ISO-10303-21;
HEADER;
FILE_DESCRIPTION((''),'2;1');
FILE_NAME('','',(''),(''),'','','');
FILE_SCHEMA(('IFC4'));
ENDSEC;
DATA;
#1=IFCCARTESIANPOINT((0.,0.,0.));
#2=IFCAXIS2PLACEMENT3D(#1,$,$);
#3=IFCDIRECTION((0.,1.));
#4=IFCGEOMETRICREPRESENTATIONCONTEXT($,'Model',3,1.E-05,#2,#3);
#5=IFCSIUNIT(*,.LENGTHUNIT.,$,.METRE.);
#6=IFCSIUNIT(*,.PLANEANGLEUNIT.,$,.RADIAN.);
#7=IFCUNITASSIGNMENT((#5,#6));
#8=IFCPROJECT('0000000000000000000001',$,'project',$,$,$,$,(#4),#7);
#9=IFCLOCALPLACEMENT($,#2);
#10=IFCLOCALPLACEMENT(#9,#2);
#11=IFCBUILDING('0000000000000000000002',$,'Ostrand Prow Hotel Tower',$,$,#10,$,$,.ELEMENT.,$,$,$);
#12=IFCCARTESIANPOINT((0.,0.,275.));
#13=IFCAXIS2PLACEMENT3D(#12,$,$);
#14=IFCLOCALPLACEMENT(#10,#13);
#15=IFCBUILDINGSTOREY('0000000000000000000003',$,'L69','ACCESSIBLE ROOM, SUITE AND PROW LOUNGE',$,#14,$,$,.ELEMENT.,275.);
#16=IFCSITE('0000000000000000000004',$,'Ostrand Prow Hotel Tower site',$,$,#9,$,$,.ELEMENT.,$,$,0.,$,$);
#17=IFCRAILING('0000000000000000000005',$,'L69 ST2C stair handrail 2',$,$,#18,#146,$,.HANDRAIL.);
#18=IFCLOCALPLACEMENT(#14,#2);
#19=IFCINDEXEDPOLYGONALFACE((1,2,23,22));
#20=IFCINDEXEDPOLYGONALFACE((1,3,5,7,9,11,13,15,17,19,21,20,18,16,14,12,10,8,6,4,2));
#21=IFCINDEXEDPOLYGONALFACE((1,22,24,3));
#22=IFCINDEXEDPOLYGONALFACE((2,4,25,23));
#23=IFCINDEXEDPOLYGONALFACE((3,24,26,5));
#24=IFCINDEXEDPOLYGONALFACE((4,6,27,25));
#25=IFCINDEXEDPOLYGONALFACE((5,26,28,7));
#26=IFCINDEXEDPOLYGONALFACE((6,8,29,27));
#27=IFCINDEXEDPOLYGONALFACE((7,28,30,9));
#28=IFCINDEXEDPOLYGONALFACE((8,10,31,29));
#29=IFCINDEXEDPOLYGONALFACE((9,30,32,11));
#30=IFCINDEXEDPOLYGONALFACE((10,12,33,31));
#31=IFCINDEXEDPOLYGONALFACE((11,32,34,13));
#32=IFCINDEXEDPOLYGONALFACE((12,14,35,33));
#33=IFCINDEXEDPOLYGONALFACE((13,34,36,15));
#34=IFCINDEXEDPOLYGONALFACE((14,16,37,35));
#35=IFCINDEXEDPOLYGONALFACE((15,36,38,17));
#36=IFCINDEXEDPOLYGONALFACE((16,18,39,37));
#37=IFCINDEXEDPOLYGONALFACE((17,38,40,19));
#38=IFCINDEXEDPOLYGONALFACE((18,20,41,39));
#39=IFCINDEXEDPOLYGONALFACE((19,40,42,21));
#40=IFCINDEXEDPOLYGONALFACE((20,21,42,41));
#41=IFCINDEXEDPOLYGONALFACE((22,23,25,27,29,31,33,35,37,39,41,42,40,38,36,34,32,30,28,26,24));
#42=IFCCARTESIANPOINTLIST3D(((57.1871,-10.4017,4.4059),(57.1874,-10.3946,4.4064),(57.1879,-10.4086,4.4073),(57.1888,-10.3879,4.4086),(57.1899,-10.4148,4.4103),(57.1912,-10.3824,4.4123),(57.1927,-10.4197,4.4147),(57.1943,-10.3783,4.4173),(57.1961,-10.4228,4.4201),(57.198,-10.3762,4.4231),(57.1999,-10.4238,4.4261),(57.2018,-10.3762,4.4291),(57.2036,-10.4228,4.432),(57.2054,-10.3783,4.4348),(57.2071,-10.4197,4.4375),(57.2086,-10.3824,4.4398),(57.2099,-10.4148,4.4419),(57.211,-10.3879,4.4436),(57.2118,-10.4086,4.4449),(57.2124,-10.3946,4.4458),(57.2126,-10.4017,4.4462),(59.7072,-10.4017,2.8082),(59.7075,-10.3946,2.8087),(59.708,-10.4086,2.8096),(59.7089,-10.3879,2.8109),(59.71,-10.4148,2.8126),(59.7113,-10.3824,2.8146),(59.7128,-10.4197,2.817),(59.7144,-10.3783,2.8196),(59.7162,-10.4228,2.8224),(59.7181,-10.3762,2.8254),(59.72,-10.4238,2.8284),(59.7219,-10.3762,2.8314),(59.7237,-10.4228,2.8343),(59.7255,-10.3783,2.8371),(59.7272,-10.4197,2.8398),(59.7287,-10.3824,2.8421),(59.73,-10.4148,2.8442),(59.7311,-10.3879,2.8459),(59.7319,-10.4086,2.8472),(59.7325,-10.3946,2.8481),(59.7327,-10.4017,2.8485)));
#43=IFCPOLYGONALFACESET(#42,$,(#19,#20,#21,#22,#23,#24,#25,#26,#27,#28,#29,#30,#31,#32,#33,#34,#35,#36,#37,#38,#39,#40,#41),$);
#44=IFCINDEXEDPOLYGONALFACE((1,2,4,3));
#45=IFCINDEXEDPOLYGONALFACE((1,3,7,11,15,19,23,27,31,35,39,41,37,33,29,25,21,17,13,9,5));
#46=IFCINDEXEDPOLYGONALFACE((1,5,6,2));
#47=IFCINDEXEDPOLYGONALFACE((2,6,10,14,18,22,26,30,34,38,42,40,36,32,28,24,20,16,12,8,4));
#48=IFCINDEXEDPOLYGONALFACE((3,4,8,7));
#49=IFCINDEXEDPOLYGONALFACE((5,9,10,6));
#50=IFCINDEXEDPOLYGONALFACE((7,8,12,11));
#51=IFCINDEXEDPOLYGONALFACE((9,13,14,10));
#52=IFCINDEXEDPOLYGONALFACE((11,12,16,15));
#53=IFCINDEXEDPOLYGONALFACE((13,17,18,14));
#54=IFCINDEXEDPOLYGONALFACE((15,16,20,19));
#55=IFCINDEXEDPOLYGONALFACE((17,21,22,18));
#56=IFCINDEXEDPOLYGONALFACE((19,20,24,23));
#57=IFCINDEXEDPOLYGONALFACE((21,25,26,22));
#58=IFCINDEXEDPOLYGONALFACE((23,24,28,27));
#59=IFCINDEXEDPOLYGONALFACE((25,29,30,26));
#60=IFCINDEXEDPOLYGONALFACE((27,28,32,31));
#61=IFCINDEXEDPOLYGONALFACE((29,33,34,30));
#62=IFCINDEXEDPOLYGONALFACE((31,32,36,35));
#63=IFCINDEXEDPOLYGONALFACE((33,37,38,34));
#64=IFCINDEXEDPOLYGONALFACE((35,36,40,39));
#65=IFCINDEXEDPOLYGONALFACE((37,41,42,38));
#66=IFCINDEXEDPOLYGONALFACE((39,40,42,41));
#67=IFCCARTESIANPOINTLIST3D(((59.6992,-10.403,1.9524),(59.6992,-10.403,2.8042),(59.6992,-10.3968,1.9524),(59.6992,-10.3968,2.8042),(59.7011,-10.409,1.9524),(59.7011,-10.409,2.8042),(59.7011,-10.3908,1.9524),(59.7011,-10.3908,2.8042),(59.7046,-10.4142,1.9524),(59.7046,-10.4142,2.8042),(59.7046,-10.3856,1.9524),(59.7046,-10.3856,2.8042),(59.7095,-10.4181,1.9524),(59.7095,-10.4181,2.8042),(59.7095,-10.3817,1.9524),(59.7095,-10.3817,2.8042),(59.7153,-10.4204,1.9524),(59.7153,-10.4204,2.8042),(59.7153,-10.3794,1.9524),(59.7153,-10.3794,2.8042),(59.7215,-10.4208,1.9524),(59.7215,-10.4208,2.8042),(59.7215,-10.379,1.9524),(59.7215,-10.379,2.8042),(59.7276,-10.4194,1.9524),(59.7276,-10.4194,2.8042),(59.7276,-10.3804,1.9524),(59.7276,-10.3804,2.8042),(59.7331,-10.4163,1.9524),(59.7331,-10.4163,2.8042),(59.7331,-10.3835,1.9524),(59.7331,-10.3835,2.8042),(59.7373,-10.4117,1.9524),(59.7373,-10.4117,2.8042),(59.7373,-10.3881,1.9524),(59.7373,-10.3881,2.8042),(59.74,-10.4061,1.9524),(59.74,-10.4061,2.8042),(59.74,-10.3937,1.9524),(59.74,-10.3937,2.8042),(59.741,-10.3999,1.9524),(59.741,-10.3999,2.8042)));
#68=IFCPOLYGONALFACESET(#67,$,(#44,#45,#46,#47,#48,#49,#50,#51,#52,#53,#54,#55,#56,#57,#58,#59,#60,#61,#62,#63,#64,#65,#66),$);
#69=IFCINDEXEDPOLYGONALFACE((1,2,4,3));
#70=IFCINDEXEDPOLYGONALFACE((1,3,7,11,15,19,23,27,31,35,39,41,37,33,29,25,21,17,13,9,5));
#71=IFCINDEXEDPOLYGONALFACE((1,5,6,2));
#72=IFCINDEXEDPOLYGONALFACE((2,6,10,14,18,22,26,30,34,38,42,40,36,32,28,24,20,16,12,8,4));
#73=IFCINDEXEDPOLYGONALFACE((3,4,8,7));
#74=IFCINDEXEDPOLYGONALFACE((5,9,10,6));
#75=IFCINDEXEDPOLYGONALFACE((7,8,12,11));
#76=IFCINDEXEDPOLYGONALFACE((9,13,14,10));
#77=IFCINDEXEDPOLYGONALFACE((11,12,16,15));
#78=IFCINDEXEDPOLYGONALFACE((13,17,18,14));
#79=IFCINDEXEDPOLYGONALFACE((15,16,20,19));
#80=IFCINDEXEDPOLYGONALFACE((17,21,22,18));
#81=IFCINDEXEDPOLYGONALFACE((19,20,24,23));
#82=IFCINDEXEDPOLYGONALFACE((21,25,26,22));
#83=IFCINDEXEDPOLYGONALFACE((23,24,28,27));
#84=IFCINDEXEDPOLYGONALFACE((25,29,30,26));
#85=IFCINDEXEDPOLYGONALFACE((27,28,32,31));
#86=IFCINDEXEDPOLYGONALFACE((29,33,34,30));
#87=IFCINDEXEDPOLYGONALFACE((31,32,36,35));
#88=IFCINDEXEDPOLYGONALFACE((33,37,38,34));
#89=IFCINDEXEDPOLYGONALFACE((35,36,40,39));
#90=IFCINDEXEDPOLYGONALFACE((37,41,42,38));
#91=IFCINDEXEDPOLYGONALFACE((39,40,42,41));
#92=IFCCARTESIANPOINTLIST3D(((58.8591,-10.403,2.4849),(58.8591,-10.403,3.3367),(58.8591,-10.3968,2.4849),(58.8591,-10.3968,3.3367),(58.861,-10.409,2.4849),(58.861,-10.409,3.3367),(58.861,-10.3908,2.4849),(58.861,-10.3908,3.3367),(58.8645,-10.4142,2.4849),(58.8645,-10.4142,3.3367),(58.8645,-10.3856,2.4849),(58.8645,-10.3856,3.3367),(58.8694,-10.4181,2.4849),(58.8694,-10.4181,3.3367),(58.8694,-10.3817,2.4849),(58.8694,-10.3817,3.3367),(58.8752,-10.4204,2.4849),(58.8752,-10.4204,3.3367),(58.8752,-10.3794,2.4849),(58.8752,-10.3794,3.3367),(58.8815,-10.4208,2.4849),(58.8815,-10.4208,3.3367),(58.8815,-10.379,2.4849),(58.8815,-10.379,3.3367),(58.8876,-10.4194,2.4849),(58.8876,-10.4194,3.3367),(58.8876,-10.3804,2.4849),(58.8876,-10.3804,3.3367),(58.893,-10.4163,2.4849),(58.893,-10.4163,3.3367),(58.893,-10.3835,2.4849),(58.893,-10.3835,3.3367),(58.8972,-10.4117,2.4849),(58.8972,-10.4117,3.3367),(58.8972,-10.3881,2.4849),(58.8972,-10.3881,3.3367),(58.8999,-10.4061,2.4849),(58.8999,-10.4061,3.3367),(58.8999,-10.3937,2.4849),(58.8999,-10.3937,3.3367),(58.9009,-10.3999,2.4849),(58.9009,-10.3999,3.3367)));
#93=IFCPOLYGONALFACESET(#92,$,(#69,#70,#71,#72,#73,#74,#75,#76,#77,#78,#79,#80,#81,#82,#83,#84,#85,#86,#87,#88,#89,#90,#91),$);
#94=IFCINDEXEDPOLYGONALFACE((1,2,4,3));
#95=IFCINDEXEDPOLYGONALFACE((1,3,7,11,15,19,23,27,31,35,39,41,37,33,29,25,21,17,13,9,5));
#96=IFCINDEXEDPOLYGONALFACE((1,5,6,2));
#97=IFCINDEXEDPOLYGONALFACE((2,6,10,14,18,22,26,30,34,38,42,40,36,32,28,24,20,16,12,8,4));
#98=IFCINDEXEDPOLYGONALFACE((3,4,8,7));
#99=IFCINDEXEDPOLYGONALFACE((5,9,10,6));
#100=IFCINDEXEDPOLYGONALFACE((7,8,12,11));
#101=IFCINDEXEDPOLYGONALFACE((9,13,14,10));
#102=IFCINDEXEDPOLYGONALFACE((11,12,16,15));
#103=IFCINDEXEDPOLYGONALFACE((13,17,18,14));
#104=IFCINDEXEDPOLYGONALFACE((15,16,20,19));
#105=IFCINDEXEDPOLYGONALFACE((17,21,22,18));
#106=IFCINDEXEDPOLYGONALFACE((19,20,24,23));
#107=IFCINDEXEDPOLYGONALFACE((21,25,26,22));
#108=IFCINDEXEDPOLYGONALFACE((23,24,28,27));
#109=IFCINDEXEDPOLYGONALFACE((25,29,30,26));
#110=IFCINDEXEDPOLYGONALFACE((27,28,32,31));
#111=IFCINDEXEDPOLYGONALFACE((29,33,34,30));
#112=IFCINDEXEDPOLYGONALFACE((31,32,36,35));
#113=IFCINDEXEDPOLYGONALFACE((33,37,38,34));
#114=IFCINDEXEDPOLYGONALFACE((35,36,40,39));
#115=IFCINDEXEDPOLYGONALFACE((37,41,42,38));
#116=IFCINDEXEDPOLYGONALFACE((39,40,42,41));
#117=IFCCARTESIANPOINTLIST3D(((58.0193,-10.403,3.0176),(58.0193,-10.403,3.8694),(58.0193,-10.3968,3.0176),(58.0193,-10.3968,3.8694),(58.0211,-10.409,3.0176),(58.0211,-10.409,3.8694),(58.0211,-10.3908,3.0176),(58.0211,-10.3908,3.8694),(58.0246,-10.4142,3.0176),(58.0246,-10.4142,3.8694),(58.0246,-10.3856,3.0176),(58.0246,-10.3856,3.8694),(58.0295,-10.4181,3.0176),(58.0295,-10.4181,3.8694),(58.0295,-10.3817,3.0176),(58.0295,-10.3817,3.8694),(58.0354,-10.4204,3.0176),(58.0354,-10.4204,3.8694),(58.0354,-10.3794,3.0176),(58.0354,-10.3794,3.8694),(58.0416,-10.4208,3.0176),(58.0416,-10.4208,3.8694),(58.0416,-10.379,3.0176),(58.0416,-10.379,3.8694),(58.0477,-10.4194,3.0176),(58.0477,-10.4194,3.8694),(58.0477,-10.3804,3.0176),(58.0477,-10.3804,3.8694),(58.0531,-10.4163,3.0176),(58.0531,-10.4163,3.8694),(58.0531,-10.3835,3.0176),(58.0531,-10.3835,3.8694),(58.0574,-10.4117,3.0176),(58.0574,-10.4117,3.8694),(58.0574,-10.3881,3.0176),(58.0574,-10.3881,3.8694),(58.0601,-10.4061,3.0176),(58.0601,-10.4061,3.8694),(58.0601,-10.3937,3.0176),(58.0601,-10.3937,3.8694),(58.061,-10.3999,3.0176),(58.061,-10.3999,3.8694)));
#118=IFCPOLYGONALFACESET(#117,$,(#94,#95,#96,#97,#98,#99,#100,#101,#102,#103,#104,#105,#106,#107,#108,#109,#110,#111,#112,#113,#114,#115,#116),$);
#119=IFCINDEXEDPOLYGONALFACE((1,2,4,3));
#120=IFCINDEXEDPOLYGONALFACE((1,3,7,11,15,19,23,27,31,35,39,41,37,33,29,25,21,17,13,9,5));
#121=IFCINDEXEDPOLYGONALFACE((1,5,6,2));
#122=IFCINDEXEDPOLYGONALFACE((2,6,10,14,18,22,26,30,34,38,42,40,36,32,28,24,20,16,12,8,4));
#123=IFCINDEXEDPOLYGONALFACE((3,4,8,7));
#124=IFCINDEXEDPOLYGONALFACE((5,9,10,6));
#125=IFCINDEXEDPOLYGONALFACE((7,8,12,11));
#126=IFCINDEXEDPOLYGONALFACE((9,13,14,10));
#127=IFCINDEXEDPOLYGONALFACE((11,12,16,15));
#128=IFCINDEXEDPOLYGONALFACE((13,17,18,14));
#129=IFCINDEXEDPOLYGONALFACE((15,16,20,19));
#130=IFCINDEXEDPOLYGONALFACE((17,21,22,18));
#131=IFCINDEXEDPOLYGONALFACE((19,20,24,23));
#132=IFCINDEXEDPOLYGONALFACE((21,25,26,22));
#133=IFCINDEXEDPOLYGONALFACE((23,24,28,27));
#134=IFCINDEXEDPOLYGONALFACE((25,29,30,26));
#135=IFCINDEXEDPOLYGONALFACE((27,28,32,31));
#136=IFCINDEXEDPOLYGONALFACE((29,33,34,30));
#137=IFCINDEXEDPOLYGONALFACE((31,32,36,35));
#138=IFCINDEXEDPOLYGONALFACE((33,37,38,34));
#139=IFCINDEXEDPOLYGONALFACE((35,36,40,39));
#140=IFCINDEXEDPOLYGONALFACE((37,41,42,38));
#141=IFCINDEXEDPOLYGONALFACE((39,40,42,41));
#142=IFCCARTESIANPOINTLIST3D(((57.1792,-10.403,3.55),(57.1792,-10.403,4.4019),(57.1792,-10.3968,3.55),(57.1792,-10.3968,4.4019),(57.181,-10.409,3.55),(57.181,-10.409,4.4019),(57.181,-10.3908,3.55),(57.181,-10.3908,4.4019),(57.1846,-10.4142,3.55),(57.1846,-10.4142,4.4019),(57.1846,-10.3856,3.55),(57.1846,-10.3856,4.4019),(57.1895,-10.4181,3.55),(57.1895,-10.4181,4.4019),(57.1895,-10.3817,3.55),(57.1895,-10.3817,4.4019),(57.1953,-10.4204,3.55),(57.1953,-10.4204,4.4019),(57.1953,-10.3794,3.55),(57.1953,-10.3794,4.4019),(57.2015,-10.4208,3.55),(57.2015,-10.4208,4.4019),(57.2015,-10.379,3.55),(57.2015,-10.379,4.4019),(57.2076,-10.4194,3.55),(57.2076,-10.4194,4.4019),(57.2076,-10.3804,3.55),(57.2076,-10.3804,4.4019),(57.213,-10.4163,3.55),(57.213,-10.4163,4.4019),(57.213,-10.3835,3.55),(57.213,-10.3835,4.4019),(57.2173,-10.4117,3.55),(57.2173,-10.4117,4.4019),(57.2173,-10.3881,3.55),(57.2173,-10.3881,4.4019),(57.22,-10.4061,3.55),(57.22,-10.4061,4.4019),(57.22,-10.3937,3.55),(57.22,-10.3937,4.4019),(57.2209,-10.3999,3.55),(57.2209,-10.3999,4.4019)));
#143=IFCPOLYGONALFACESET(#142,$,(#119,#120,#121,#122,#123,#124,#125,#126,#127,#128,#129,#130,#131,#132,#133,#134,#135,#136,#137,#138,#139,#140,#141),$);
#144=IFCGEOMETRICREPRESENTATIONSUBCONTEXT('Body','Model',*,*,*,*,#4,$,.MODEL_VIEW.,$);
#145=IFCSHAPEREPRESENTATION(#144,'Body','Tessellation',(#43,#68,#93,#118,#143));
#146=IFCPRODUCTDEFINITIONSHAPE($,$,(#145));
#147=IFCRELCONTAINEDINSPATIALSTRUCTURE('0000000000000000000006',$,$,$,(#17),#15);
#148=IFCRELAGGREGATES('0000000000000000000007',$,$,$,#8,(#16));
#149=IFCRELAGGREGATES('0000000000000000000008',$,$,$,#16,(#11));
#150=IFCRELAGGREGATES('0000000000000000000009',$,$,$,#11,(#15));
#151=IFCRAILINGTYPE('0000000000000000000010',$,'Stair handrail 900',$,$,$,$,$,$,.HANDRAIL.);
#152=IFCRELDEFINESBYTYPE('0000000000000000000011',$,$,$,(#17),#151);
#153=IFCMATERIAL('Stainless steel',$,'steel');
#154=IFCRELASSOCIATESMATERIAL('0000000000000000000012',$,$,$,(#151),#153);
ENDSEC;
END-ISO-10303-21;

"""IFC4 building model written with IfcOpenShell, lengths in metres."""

from ifc_helpers import new_model, si_unit, direction, frame, origin, origin_2d, place, context, subcontext, project, spatial, circle, extrude, material, type_object, element, save


model = new_model("IFC4")

# Units and contexts
model_context = context("Model", 3, precision=1e-05, world=origin(), true_north=direction((0.0, 1.0)))
body_context = subcontext(model_context, "Body", "Model", "MODEL_VIEW")
ifc_project = project(units=[si_unit("LENGTHUNIT", "METRE"), si_unit("PLANEANGLEUNIT", "RADIAN")], contexts=[model_context])

# Site, building, storey
site_placement = place(None, origin())
site = spatial("IfcSite", under=ifc_project, at=site_placement, Name="Ostrand Prow Hotel Tower site", CompositionType="ELEMENT", RefElevation=0.0)
building_placement = place(site_placement, origin())
building = spatial("IfcBuilding", under=site, at=building_placement, Name="Ostrand Prow Hotel Tower", CompositionType="ELEMENT")
storey_placement = place(building_placement, frame((0.0, 0.0, 275.0)))
storey = spatial("IfcBuildingStorey", under=building, at=storey_placement, Name="L69", Description="ACCESSIBLE ROOM, SUITE AND PROW LOUNGE", CompositionType="ELEMENT", Elevation=275.0)

# Railing
ifc_material_1 = material(Name="Stainless steel", Category="steel")
railing_type_1 = type_object("IfcRailingType", Name="Stair handrail 900", PredefinedType="HANDRAIL", material=ifc_material_1)
railing_1_placement = place(storey_placement, frame((59.72, -10.3999, 1.9524)))
element("IfcRailing", 1, at=railing_1_placement, inside=storey, type_object=railing_type_1, Name="L69 ST2C stair handrail 2", PredefinedType="HANDRAIL", context=body_context, shape_type="SweptSolid", body=[
    extrude(circle(Radius=0.0239, at=origin_2d()), frame((0.0, 0.0, 0.876), z_axis=(-0.84457, 0.0, 0.535445), x_axis=(0.0, -1.0, 0.0)), (0.0, 0.0, 1.0), 2.9839),
    extrude(circle(Radius=0.021, at=origin_2d()), origin(), (0.0, 0.0, 1.0), 0.8518),
    extrude(circle(Radius=0.021, at=origin_2d()), frame((-0.8401, 0.0, 0.5325)), (0.0, 0.0, 1.0), 0.8518),
    extrude(circle(Radius=0.021, at=origin_2d()), frame((-1.6799, 0.0, 1.0652)), (0.0, 0.0, 1.0), 0.8518),
    extrude(circle(Radius=0.021, at=origin_2d()), frame((-2.52, 0.0, 1.5977)), (0.0, 0.0, 1.0), 0.8518),
])

save(model, "model.ifc")
